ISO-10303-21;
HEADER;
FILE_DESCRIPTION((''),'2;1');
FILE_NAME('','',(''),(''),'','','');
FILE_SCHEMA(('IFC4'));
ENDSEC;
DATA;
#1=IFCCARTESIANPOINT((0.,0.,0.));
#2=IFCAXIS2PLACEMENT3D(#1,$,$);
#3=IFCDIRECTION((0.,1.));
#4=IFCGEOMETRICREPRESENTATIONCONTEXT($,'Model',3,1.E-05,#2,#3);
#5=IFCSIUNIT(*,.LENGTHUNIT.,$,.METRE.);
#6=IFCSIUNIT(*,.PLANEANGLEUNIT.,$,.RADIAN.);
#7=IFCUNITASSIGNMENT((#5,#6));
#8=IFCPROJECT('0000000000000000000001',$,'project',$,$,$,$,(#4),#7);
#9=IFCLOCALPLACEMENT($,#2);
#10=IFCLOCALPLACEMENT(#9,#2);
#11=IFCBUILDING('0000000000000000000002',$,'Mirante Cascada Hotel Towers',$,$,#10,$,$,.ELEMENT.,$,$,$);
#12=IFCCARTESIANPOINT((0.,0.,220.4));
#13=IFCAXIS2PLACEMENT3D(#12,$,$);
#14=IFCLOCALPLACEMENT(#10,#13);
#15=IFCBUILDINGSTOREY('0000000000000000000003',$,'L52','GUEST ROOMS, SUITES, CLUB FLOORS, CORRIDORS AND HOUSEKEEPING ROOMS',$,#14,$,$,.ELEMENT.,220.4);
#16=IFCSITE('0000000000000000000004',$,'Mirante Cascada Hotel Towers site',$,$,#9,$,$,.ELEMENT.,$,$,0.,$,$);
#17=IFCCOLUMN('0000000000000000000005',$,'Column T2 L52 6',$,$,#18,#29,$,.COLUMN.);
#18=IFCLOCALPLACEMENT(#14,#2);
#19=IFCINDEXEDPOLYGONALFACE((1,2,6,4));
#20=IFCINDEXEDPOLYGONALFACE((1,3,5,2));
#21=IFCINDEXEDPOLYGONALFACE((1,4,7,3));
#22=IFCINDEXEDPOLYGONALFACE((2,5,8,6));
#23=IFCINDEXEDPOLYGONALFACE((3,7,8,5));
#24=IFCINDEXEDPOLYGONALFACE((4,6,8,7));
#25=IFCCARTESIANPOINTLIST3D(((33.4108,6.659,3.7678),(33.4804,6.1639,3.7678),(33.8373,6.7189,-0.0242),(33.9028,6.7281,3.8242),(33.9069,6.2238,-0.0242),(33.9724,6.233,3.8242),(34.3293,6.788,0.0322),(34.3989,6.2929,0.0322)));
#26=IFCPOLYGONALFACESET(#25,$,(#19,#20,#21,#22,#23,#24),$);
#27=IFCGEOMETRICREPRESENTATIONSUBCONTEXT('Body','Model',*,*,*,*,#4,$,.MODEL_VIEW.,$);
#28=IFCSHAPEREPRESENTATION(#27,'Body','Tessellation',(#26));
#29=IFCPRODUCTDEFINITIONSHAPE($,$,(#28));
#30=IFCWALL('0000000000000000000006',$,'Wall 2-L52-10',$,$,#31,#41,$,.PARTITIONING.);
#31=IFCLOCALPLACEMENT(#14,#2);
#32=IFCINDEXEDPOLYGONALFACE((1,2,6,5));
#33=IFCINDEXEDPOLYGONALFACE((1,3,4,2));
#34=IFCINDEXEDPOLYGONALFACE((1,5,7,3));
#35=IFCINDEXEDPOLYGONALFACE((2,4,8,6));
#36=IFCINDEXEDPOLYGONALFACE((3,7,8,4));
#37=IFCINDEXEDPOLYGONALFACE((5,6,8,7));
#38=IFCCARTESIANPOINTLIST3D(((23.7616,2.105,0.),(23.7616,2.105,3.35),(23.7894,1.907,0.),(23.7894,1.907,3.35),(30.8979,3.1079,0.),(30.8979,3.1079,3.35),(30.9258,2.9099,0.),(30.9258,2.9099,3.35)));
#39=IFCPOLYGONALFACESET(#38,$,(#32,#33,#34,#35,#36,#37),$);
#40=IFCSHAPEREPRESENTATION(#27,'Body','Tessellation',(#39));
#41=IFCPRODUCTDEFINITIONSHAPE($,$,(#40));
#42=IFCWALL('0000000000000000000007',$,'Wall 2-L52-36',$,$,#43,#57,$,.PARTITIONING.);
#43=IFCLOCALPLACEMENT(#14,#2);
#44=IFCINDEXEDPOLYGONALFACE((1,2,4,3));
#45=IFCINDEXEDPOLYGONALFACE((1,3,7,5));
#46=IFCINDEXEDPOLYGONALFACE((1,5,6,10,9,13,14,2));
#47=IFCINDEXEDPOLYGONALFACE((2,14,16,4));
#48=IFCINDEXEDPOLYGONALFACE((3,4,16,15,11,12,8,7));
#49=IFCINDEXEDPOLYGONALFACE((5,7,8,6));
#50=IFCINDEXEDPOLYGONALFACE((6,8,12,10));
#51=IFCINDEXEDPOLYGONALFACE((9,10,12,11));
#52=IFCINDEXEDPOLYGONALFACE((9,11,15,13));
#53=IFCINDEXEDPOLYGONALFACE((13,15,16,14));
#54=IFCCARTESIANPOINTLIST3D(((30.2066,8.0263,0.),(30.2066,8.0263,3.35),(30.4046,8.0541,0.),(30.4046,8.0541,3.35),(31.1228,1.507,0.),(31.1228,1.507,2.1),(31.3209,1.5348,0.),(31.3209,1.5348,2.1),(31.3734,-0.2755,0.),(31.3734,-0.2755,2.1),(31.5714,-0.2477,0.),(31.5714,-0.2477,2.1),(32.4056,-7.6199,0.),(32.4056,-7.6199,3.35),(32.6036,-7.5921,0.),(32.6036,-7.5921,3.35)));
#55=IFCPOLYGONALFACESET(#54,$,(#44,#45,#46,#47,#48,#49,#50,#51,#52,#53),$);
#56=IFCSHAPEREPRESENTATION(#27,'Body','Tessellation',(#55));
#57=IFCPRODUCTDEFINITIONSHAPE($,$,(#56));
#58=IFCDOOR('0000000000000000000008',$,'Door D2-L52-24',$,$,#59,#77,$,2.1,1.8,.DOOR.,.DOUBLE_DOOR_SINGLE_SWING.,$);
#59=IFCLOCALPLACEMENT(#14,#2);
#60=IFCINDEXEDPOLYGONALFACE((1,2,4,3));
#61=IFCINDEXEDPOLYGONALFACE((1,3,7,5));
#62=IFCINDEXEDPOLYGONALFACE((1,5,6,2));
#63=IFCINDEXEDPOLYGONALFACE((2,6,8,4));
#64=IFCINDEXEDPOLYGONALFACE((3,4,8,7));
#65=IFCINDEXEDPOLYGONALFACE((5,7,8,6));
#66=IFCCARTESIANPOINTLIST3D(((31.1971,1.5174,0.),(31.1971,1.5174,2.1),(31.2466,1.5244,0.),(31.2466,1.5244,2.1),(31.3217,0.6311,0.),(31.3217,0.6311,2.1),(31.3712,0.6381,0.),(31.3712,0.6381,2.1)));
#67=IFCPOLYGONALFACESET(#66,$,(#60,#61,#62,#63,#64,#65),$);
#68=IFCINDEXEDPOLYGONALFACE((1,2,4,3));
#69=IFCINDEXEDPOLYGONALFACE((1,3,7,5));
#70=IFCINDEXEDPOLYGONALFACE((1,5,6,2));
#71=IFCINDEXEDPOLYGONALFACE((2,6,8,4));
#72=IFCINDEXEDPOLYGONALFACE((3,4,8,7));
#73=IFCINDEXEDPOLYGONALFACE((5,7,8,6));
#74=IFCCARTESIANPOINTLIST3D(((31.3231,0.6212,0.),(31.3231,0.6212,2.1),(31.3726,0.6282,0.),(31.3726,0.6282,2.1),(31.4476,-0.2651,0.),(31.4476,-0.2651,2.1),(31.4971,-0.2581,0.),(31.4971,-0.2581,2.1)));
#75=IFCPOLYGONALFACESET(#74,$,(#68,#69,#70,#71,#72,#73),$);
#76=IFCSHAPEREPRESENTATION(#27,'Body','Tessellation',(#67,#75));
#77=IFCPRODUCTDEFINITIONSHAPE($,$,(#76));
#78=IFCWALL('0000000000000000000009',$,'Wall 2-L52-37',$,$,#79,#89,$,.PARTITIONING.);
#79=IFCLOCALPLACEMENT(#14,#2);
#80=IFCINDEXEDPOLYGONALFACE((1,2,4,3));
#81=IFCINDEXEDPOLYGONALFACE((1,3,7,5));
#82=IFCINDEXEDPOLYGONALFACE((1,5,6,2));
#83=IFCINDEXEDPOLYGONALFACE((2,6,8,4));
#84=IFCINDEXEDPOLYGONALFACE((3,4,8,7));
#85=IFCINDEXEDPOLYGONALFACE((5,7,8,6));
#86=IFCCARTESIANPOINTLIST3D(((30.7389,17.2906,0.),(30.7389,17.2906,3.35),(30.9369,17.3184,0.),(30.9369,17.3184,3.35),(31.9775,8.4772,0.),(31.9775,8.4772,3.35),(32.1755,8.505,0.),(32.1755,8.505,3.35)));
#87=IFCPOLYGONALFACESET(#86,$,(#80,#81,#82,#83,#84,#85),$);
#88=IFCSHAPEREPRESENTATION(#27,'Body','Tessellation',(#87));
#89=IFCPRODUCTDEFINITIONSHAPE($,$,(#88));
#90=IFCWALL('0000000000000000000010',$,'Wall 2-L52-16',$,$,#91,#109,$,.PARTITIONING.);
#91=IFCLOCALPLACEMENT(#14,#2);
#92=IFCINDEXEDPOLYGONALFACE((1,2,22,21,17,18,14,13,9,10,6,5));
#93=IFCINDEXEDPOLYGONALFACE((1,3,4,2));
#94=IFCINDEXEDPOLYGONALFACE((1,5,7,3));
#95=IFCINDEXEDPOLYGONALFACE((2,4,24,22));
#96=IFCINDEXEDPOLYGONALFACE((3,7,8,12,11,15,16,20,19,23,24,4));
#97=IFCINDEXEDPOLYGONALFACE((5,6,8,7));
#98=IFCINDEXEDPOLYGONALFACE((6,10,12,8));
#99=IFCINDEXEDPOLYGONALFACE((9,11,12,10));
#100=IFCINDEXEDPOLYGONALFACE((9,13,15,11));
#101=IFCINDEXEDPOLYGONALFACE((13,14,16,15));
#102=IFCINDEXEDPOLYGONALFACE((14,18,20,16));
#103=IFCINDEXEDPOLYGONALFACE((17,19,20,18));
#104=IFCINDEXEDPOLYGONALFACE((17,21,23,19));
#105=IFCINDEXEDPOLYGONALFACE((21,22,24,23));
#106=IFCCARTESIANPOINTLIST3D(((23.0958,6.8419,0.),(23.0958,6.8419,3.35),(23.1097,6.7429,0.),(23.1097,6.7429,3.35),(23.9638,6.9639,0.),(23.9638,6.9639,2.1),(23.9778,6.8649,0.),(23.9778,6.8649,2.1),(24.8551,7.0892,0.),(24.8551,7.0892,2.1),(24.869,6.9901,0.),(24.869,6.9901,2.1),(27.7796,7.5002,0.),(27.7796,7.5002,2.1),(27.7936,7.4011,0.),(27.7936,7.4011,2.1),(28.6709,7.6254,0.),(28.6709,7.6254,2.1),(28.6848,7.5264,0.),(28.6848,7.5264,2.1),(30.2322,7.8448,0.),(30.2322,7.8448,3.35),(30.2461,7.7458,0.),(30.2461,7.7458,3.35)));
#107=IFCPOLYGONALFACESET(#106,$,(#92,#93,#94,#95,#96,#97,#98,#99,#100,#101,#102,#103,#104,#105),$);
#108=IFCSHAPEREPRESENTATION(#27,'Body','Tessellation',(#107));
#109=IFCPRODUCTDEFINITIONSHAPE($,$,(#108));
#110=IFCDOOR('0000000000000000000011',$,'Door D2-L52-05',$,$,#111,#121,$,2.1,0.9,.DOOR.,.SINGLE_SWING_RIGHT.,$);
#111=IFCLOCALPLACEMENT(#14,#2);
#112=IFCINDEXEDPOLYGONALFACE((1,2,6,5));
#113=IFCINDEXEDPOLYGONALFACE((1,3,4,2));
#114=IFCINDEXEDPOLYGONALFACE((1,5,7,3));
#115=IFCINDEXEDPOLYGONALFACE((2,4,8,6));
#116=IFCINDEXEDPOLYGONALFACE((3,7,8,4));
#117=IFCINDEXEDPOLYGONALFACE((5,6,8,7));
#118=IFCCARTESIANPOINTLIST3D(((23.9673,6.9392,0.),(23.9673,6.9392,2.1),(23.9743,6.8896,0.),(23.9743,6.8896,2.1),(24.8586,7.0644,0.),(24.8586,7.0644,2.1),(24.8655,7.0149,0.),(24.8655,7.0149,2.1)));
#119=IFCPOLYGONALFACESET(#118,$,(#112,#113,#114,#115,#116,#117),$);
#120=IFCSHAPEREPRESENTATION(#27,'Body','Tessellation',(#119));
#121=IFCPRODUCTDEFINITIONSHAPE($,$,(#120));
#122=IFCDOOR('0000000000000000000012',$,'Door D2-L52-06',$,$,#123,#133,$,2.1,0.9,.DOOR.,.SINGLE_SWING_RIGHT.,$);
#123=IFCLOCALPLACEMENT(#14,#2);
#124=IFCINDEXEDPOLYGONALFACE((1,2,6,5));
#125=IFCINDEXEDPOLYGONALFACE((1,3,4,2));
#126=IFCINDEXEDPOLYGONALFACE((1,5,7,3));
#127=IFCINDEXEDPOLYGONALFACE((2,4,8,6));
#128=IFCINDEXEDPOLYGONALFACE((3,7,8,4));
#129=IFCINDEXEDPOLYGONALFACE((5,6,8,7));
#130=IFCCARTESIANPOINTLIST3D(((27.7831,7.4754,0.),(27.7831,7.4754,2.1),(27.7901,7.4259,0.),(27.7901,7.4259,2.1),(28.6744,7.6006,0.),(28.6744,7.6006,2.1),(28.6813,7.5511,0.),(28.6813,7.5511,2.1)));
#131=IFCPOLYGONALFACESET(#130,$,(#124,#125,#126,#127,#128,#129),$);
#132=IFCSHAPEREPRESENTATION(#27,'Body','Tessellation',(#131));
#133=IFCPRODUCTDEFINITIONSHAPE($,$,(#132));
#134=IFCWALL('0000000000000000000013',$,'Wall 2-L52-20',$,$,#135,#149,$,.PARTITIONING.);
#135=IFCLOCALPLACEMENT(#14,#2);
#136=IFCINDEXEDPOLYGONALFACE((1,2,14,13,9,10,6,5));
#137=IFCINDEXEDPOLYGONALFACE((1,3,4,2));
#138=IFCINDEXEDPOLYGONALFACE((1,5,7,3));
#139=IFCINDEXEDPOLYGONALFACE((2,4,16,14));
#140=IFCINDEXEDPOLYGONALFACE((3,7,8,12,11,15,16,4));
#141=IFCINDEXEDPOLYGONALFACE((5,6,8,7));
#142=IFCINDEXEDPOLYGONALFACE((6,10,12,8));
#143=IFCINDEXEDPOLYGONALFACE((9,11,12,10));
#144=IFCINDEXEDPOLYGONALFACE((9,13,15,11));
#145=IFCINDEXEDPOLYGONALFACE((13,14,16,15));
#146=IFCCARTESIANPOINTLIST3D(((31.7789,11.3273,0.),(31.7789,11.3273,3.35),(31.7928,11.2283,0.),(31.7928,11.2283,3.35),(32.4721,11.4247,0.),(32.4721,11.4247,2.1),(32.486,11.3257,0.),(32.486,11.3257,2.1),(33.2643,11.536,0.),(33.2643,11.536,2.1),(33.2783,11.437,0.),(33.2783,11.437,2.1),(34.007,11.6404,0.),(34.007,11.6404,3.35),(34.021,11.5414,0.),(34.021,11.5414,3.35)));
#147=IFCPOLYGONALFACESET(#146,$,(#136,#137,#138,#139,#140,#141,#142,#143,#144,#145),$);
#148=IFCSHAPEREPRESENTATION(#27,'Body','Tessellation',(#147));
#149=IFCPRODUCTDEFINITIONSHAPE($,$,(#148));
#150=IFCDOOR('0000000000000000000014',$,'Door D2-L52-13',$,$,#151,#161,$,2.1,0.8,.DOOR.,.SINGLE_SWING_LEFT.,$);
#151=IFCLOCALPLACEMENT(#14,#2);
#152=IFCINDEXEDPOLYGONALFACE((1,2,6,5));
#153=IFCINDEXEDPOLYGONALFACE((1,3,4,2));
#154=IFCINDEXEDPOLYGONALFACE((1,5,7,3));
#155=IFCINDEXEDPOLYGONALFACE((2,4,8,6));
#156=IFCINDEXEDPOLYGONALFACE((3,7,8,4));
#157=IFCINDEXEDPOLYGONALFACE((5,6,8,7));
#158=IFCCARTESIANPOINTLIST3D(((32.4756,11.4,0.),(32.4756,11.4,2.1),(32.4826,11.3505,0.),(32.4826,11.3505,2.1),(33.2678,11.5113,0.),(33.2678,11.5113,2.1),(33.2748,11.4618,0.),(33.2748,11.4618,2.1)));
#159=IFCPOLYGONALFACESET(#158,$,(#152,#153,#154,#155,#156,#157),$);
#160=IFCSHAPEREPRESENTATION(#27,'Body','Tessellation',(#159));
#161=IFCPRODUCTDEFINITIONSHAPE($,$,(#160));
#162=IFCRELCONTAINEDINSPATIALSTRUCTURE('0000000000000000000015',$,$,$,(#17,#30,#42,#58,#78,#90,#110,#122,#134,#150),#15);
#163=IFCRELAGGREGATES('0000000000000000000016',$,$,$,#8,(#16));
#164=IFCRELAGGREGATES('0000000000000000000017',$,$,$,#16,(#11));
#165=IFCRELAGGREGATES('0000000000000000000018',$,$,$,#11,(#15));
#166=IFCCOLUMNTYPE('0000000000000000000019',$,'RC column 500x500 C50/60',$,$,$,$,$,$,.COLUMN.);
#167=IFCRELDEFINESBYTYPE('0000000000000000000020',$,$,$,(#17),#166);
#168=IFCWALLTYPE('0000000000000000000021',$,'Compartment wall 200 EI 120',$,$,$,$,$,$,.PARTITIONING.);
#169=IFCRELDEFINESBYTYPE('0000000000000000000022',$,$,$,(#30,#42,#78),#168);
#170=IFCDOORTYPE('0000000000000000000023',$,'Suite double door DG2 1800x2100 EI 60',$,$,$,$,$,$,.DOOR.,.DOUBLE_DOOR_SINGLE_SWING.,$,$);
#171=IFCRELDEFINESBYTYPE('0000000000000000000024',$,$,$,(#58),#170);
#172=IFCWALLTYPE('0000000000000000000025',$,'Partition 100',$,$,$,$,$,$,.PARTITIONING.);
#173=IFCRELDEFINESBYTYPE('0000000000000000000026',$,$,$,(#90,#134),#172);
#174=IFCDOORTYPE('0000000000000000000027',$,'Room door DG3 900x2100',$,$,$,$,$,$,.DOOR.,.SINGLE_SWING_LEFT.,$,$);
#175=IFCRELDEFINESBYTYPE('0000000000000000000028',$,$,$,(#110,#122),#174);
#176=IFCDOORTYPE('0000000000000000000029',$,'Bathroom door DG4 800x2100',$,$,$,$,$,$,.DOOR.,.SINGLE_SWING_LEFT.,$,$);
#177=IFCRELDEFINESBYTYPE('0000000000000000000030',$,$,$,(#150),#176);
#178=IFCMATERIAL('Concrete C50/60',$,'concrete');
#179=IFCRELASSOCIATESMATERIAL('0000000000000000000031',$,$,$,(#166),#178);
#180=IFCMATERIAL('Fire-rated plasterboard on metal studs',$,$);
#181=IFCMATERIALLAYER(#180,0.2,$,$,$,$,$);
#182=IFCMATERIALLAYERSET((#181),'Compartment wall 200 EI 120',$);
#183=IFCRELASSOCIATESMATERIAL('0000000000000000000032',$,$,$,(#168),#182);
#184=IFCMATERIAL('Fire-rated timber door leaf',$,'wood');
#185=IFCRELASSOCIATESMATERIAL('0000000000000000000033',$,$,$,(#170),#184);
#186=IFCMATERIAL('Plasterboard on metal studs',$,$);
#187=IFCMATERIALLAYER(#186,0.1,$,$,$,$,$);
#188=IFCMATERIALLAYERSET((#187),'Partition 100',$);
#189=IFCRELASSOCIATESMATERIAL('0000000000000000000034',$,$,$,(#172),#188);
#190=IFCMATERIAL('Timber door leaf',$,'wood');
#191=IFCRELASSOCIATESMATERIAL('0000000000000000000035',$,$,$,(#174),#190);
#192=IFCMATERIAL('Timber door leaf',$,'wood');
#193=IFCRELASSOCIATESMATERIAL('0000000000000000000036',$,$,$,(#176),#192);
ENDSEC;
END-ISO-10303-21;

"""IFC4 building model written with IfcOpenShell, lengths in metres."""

from ifc_helpers import new_model, si_unit, direction, frame, frame_2d, origin, origin_2d, place, context, subcontext, project, spatial, rectangle, extrude, material, layer, layer_set, material_profile, profile_set, type_object, element, fill, save


model = new_model("IFC4")

# Units and contexts
model_context = context("Model", 3, precision=1e-05, world=origin(), true_north=direction((0.0, 1.0)))
body_context = subcontext(model_context, "Body", "Model", "MODEL_VIEW")
ifc_project = project(units=[si_unit("LENGTHUNIT", "METRE"), si_unit("PLANEANGLEUNIT", "RADIAN")], contexts=[model_context])

# Site, building, storey
site_placement = place(None, origin())
site = spatial("IfcSite", under=ifc_project, at=site_placement, Name="Mirante Cascada Hotel Towers site", CompositionType="ELEMENT", RefElevation=0.0)
building_placement = place(site_placement, origin())
building = spatial("IfcBuilding", under=site, at=building_placement, Name="Mirante Cascada Hotel Towers", CompositionType="ELEMENT")
storey_placement = place(building_placement, frame((0.0, 0.0, 220.4)))
storey = spatial("IfcBuildingStorey", under=building, at=storey_placement, Name="L52", Description="GUEST ROOMS, SUITES, CLUB FLOORS, CORRIDORS AND HOUSEKEEPING ROOMS", CompositionType="ELEMENT", Elevation=220.4)

# Column
ifc_material_1 = material(Name="Concrete C50/60", Category="concrete")
ifc_material_profile = material_profile(ifc_material_1, rectangle(XDim=0.5, YDim=0.5, at=origin_2d()), Name="RC column 500x500 C50/60")
ifc_profile_set = profile_set([ifc_material_profile], Name="Concrete C50/60")
column_type = type_object("IfcColumnType", Name="RC column 500x500 C50/60", PredefinedType="COLUMN", material=ifc_profile_set)
column_placement = place(storey_placement, frame((34.1181, 6.5059, 0.004), z_axis=(-0.111755, -0.015696, 0.993612), x_axis=(0.13908, -0.990281, 0.0)))
element("IfcColumn", 1, at=column_placement, inside=storey, type_object=column_type, Name="Column T2 L52 6", PredefinedType="COLUMN", context=body_context, shape_type="SweptSolid", body=[
    extrude(rectangle(XDim=0.5, YDim=0.5, at=origin_2d()), origin(), (0.0, 0.0, 1.0), 3.8164),
])

# Wall
ifc_material_2 = material(Name="Fire-rated plasterboard on metal studs")
ifc_layer_1 = layer(ifc_material_2, 0.2)
ifc_layer_set_1 = layer_set([ifc_layer_1], Name="Compartment wall 200 EI 120")
wall_type_1 = type_object("IfcWallType", Name="Compartment wall 200 EI 120", PredefinedType="PARTITIONING", material=ifc_layer_set_1)
wall_1_placement = place(storey_placement, frame((30.9118, 3.0089, 0.0), z_axis=(0.0, 0.0, 1.0), x_axis=(-0.990269, -0.139165, 0.0)))
element("IfcWall", 2, at=wall_1_placement, inside=storey, type_object=wall_type_1, Name="Wall 2-L52-10", PredefinedType="PARTITIONING", context=body_context, shape_type="SweptSolid", body=[
    extrude(rectangle(XDim=7.2065, YDim=0.2, at=frame_2d((3.6032, 0.0))), origin(), (0.0, 0.0, 1.0), 3.35),
])

# Wall, opening, door
wall_2_placement = place(storey_placement, frame((30.3056, 8.0402, 0.0), z_axis=(0.0, 0.0, 1.0), x_axis=(0.139177, -0.990267, 0.0)))
wall_2 = element("IfcWall", 3, at=wall_2_placement, inside=storey, type_object=wall_type_1, Name="Wall 2-L52-36", PredefinedType="PARTITIONING", context=body_context, shape_type="SweptSolid", body=[
    extrude(rectangle(XDim=15.8, YDim=0.2, at=frame_2d((7.9, 0.0))), origin(), (0.0, 0.0, 1.0), 3.35),
])
opening_1_placement = place(wall_2_placement, frame((6.5834, 0.0, 0.0)))
opening_1 = element("IfcOpeningElement", 4, at=opening_1_placement, cuts=wall_2, PredefinedType="OPENING", context=body_context, shape_type="SweptSolid", body=[
    extrude(rectangle(XDim=1.8, YDim=2.1, at=frame_2d((0.9, 1.05))), frame((0.0, 0.1, 0.0), z_axis=(0.0, -1.0, 0.0), x_axis=(1.0, 0.0, 0.0)), (0.0, 0.0, 1.0), 0.2),
])
ifc_material_3 = material(Name="Fire-rated timber door leaf", Category="wood")
door_type_1 = type_object("IfcDoorType", Name="Suite double door DG2 1800x2100 EI 60", OperationType="DOUBLE_DOOR_SINGLE_SWING", PredefinedType="DOOR", material=ifc_material_3)
door_1_placement = place(opening_1_placement, origin())
door_1 = element("IfcDoor", 5, at=door_1_placement, inside=storey, type_object=door_type_1, Name="Door D2-L52-24", OperationType="DOUBLE_DOOR_SINGLE_SWING", OverallHeight=2.1, OverallWidth=1.8, PredefinedType="DOOR", context=body_context, shape_type="SweptSolid", body=[
    extrude(rectangle(XDim=0.895, YDim=2.1, at=frame_2d((0.4475, 1.05))), frame((0.0, 0.025, 0.0), z_axis=(0.0, -1.0, 0.0), x_axis=(1.0, 0.0, 0.0)), (0.0, 0.0, 1.0), 0.05),
    extrude(rectangle(XDim=0.895, YDim=2.1, at=frame_2d((1.3525, 1.05))), frame((0.0, 0.025, 0.0), z_axis=(0.0, -1.0, 0.0), x_axis=(1.0, 0.0, 0.0)), (0.0, 0.0, 1.0), 0.05),
])
fill(opening_1, door_1)

# Wall
wall_3_placement = place(storey_placement, frame((32.0765, 8.4911, 0.0), z_axis=(0.0, 0.0, 1.0), x_axis=(-0.139168, 0.990269, 0.0)))
element("IfcWall", 6, at=wall_3_placement, inside=storey, type_object=wall_type_1, Name="Wall 2-L52-37", PredefinedType="PARTITIONING", context=body_context, shape_type="SweptSolid", body=[
    extrude(rectangle(XDim=8.9, YDim=0.2, at=frame_2d((4.45, 0.0))), origin(), (0.0, 0.0, 1.0), 3.35),
])

# Wall, openings, doors
ifc_material_4 = material(Name="Plasterboard on metal studs")
ifc_layer_2 = layer(ifc_material_4, 0.1)
ifc_layer_set_2 = layer_set([ifc_layer_2], Name="Partition 100")
wall_type_2 = type_object("IfcWallType", Name="Partition 100", PredefinedType="PARTITIONING", material=ifc_layer_set_2)
wall_4_placement = place(storey_placement, frame((30.2391, 7.7953, 0.0), z_axis=(0.0, 0.0, 1.0), x_axis=(-0.990269, -0.139165, 0.0)))
wall_4 = element("IfcWall", 7, at=wall_4_placement, inside=storey, type_object=wall_type_2, Name="Wall 2-L52-16", PredefinedType="PARTITIONING", context=body_context, shape_type="SweptSolid", body=[
    extrude(rectangle(XDim=7.2065, YDim=0.1, at=frame_2d((3.6032, 0.0))), origin(), (0.0, 0.0, 1.0), 3.35),
])
opening_2_placement = place(wall_4_placement, frame((5.4299, 0.0, 0.0)))
opening_2 = element("IfcOpeningElement", 8, at=opening_2_placement, cuts=wall_4, PredefinedType="OPENING", context=body_context, shape_type="SweptSolid", body=[
    extrude(rectangle(XDim=0.9, YDim=2.1, at=frame_2d((0.45, 1.05))), frame((0.0, 0.05, 0.0), z_axis=(0.0, -1.0, 0.0), x_axis=(1.0, 0.0, 0.0)), (0.0, 0.0, 1.0), 0.1),
])
opening_3_placement = place(wall_4_placement, frame((1.5766, 0.0, 0.0)))
opening_3 = element("IfcOpeningElement", 9, at=opening_3_placement, cuts=wall_4, PredefinedType="OPENING", context=body_context, shape_type="SweptSolid", body=[
    extrude(rectangle(XDim=0.9, YDim=2.1, at=frame_2d((0.45, 1.05))), frame((0.0, 0.05, 0.0), z_axis=(0.0, -1.0, 0.0), x_axis=(1.0, 0.0, 0.0)), (0.0, 0.0, 1.0), 0.1),
])
ifc_material_5 = material(Name="Timber door leaf", Category="wood")
door_type_2 = type_object("IfcDoorType", Name="Room door DG3 900x2100", OperationType="SINGLE_SWING_LEFT", PredefinedType="DOOR", material=ifc_material_5)
door_2_placement = place(opening_2_placement, frame((0.9, 0.0, 0.0), z_axis=(0.0, 0.0, 1.0), x_axis=(-1.0, 0.0, 0.0)))
door_2 = element("IfcDoor", 10, at=door_2_placement, inside=storey, type_object=door_type_2, Name="Door D2-L52-05", OperationType="SINGLE_SWING_RIGHT", OverallHeight=2.1, OverallWidth=0.9, PredefinedType="DOOR", context=body_context, shape_type="SweptSolid", body=[
    extrude(rectangle(XDim=0.9, YDim=2.1, at=frame_2d((0.45, 1.05))), frame((0.0, 0.025, 0.0), z_axis=(0.0, -1.0, 0.0), x_axis=(1.0, 0.0, 0.0)), (0.0, 0.0, 1.0), 0.05),
])
fill(opening_2, door_2)
door_3_placement = place(opening_3_placement, frame((0.9, 0.0, 0.0), z_axis=(0.0, 0.0, 1.0), x_axis=(-1.0, 0.0, 0.0)))
door_3 = element("IfcDoor", 11, at=door_3_placement, inside=storey, type_object=door_type_2, Name="Door D2-L52-06", OperationType="SINGLE_SWING_RIGHT", OverallHeight=2.1, OverallWidth=0.9, PredefinedType="DOOR", context=body_context, shape_type="SweptSolid", body=[
    extrude(rectangle(XDim=0.9, YDim=2.1, at=frame_2d((0.45, 1.05))), frame((0.0, 0.025, 0.0), z_axis=(0.0, -1.0, 0.0), x_axis=(1.0, 0.0, 0.0)), (0.0, 0.0, 1.0), 0.05),
])
fill(opening_3, door_3)

# Wall, opening, door
wall_5_placement = place(storey_placement, frame((34.014, 11.5909, 0.0), z_axis=(0.0, 0.0, 1.0), x_axis=(-0.990271, -0.139156, 0.0)))
wall_5 = element("IfcWall", 12, at=wall_5_placement, inside=storey, type_object=wall_type_2, Name="Wall 2-L52-20", PredefinedType="PARTITIONING", context=body_context, shape_type="SweptSolid", body=[
    extrude(rectangle(XDim=2.25, YDim=0.1, at=frame_2d((1.125, 0.0))), origin(), (0.0, 0.0, 1.0), 3.35),
])
opening_4_placement = place(wall_5_placement, frame((0.75, 0.0, 0.0)))
opening_4 = element("IfcOpeningElement", 13, at=opening_4_placement, cuts=wall_5, PredefinedType="OPENING", context=body_context, shape_type="SweptSolid", body=[
    extrude(rectangle(XDim=0.8, YDim=2.1, at=frame_2d((0.4, 1.05))), frame((0.0, 0.05, 0.0), z_axis=(0.0, -1.0, 0.0), x_axis=(1.0, 0.0, 0.0)), (0.0, 0.0, 1.0), 0.1),
])
ifc_material_6 = material(Name="Timber door leaf", Category="wood")
door_type_3 = type_object("IfcDoorType", Name="Bathroom door DG4 800x2100", OperationType="SINGLE_SWING_LEFT", PredefinedType="DOOR", material=ifc_material_6)
door_4_placement = place(opening_4_placement, origin())
door_4 = element("IfcDoor", 14, at=door_4_placement, inside=storey, type_object=door_type_3, Name="Door D2-L52-13", OperationType="SINGLE_SWING_LEFT", OverallHeight=2.1, OverallWidth=0.8, PredefinedType="DOOR", context=body_context, shape_type="SweptSolid", body=[
    extrude(rectangle(XDim=0.8, YDim=2.1, at=frame_2d((0.4, 1.05))), frame((0.0, 0.025, 0.0), z_axis=(0.0, -1.0, 0.0), x_axis=(1.0, 0.0, 0.0)), (0.0, 0.0, 1.0), 0.05),
])
fill(opening_4, door_4)

save(model, "model.ifc")
